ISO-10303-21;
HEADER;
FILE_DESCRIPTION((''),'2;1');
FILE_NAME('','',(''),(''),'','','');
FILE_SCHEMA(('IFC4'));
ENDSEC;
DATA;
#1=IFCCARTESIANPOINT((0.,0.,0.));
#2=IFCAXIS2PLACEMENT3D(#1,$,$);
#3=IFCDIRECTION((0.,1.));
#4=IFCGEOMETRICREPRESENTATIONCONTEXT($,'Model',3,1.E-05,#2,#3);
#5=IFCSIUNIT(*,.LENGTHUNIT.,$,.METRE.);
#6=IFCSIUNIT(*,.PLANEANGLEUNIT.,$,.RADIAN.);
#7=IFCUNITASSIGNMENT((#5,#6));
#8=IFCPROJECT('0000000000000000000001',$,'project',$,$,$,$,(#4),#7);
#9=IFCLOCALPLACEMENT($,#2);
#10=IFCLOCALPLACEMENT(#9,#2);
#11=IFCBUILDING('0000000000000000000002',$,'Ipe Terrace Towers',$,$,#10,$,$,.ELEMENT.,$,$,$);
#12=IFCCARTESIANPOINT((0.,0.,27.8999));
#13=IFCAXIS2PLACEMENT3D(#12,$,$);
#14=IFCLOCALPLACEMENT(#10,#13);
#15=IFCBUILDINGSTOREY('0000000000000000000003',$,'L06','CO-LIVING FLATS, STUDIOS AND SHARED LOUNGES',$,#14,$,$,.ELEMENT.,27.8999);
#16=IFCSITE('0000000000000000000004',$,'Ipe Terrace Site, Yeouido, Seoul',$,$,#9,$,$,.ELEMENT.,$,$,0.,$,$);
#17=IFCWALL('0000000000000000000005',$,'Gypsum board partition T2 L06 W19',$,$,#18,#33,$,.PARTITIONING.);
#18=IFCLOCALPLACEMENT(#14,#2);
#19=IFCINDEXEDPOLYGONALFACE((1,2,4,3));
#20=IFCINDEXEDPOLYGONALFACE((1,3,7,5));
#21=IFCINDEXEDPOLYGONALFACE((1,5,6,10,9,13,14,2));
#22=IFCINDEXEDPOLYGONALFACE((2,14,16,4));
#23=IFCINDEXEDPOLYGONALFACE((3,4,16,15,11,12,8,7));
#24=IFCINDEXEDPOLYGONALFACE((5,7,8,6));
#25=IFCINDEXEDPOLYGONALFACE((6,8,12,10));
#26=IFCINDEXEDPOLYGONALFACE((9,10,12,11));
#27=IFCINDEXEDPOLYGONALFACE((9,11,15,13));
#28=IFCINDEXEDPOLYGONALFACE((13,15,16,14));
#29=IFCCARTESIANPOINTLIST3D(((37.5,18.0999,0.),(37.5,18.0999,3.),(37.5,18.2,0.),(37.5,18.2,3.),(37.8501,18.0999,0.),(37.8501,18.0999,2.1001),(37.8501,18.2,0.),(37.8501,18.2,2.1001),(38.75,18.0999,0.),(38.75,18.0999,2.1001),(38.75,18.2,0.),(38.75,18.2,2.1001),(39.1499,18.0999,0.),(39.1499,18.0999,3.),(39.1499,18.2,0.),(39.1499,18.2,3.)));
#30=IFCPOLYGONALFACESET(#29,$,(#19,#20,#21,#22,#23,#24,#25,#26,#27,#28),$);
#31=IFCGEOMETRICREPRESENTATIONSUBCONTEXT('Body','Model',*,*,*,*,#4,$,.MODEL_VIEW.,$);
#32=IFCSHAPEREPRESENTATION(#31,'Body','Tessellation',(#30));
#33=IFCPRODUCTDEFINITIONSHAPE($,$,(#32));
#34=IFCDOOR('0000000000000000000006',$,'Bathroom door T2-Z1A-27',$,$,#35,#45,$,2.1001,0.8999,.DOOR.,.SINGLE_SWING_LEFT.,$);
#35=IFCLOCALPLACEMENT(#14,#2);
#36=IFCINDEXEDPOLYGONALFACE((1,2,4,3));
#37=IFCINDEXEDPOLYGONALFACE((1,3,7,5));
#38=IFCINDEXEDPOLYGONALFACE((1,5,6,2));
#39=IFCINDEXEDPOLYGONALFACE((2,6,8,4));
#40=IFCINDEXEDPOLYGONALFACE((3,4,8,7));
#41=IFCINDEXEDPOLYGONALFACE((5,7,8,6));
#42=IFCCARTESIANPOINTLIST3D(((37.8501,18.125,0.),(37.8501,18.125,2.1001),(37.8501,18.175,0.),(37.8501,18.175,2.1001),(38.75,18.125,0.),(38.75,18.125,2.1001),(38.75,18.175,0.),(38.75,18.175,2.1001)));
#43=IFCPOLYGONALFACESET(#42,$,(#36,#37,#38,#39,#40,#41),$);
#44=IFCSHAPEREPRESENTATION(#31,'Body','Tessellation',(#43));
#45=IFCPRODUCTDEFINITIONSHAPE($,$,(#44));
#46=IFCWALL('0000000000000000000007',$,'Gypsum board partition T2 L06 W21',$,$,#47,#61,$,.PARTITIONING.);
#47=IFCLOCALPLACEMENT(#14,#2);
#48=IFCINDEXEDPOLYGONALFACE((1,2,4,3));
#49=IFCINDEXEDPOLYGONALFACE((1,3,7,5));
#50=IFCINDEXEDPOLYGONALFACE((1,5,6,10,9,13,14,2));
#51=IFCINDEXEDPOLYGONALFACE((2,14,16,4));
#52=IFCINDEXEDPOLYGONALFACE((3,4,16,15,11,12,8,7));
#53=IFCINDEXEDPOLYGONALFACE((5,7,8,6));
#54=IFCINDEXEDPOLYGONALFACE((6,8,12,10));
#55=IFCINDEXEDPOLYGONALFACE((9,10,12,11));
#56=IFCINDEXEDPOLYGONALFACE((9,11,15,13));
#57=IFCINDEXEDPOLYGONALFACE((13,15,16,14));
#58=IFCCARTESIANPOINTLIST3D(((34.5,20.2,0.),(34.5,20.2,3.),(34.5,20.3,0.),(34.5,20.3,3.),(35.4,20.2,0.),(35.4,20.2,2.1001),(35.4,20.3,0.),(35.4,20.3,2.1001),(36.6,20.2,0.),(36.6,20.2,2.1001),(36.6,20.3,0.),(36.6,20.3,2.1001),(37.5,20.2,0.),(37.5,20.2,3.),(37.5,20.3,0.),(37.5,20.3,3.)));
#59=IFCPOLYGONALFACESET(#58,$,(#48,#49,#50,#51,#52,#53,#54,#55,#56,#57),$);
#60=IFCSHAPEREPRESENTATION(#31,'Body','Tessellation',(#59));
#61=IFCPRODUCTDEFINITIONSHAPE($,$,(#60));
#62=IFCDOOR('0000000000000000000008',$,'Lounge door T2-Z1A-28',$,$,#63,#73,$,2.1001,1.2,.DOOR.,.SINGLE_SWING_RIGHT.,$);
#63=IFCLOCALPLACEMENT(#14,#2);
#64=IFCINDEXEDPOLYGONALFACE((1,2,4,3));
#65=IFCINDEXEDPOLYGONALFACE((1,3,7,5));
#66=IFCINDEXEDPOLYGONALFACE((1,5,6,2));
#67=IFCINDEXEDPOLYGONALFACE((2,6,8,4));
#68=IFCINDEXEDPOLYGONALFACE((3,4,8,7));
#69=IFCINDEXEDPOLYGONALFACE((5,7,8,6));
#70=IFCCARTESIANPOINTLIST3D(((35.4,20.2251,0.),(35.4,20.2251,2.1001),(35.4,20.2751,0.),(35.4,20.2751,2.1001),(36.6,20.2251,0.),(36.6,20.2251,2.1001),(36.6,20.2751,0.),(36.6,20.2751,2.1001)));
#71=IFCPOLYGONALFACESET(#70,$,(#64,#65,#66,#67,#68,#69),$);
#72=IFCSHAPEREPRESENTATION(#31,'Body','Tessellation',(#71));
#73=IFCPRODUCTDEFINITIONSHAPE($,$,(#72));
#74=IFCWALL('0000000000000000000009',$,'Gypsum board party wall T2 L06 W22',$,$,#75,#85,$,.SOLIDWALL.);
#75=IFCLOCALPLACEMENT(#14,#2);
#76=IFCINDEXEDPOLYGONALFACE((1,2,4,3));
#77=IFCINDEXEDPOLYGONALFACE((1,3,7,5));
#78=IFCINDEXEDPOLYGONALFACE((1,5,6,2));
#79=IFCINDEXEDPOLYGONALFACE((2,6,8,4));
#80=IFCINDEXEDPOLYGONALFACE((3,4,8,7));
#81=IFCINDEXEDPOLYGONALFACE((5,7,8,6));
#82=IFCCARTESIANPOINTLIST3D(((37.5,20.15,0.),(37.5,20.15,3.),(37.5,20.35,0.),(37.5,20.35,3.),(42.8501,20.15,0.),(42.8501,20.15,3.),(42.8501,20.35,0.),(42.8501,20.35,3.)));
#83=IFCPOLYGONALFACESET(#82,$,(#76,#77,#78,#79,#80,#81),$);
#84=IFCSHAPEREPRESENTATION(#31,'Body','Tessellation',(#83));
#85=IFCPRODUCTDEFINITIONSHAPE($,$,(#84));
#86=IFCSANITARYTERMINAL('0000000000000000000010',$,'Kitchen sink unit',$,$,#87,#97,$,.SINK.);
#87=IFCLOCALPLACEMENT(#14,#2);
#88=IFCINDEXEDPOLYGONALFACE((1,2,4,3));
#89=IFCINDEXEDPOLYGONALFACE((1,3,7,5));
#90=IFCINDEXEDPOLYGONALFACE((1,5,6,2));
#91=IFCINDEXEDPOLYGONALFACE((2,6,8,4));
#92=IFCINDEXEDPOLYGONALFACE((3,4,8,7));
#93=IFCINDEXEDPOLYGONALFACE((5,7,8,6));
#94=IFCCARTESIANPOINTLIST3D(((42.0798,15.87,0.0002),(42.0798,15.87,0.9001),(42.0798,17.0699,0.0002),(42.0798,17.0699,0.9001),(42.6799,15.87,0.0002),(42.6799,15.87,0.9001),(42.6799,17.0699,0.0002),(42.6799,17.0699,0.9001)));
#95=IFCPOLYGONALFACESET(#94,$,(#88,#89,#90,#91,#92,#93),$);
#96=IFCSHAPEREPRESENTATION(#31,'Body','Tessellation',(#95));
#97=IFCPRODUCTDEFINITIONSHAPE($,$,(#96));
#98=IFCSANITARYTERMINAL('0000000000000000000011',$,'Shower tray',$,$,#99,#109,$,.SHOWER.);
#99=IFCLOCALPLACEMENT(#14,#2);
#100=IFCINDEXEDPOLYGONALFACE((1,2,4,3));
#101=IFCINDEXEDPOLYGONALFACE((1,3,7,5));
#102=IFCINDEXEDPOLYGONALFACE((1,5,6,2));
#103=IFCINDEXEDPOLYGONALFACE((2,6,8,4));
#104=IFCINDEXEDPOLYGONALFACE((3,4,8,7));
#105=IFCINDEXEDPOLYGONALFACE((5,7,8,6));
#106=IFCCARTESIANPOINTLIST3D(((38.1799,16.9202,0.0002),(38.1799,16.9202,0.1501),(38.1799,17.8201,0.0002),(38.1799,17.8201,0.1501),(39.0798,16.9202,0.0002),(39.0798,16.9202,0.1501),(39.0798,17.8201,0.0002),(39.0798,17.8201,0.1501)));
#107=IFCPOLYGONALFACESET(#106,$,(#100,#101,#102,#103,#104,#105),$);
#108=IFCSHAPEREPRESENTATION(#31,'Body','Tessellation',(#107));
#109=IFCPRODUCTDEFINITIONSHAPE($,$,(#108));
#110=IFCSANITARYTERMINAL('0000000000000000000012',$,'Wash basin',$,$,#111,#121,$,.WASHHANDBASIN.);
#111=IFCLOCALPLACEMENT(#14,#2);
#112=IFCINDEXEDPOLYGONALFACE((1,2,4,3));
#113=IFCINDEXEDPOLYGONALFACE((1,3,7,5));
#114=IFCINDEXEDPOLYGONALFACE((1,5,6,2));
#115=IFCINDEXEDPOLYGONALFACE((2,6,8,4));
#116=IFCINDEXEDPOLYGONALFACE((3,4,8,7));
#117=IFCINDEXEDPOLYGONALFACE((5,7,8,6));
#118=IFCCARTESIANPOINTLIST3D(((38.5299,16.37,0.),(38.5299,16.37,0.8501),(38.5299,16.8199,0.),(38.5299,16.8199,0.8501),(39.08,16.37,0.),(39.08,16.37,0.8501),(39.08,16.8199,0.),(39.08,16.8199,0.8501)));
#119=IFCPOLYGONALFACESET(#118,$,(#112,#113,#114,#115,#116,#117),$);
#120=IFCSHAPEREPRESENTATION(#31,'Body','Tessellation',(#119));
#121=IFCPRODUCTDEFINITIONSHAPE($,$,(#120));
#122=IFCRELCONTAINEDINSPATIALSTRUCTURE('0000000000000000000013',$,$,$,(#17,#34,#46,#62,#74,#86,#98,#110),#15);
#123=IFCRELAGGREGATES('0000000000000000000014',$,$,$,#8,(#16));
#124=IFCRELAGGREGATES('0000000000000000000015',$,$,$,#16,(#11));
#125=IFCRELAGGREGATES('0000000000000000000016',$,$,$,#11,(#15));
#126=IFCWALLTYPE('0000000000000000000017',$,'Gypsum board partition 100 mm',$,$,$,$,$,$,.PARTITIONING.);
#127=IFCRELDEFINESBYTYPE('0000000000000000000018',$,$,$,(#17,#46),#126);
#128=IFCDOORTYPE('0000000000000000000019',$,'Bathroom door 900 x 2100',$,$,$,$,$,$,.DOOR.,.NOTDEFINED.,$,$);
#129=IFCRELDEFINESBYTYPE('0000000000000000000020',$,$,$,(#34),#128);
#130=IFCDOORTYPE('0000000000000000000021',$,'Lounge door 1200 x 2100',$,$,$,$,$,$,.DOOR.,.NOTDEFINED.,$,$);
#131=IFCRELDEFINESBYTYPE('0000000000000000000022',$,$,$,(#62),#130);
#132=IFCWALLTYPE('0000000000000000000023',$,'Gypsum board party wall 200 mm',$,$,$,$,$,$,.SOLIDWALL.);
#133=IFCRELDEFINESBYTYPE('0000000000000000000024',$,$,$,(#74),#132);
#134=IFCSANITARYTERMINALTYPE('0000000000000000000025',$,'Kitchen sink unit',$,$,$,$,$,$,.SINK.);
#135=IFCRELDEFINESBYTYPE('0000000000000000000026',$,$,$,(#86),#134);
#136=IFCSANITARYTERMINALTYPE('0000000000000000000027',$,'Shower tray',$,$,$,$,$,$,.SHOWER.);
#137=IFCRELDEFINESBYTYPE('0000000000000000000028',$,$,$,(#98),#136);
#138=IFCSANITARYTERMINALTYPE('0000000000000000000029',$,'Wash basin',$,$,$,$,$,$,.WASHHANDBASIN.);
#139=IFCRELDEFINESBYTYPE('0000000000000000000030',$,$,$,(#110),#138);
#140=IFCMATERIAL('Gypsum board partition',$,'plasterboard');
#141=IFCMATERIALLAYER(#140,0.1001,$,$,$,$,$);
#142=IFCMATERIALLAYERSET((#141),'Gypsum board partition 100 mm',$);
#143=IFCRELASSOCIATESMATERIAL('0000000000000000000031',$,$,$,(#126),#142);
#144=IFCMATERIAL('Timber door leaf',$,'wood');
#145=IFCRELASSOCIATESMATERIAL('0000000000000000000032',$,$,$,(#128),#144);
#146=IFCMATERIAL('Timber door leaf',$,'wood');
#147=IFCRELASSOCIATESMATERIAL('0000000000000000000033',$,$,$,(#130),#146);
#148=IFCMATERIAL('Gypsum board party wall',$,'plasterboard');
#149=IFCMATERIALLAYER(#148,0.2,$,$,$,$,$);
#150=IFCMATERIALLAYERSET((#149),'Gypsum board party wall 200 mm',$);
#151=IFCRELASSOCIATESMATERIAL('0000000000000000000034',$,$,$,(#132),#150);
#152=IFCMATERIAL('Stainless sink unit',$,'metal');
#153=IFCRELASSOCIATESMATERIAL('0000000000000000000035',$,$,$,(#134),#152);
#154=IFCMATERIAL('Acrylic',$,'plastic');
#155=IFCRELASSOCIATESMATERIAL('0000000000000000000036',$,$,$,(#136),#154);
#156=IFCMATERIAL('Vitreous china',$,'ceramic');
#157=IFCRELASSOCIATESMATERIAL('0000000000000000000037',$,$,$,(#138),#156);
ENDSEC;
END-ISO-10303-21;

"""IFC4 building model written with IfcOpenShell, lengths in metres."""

from ifc_helpers import new_model, si_unit, direction, frame, frame_2d, origin, origin_2d, place, context, subcontext, project, spatial, rectangle, extrude, material, layer, layer_set, type_object, element, fill, save


model = new_model("IFC4")

# Units and contexts
model_context = context("Model", 3, precision=1e-05, world=origin(), true_north=direction((0.0, 1.0)))
body_context = subcontext(model_context, "Body", "Model", "MODEL_VIEW")
ifc_project = project(units=[si_unit("LENGTHUNIT", "METRE"), si_unit("PLANEANGLEUNIT", "RADIAN")], contexts=[model_context])

# Site, building, storey
site_placement = place(None, origin())
site = spatial("IfcSite", under=ifc_project, at=site_placement, Name="Ipe Terrace Site, Yeouido, Seoul", CompositionType="ELEMENT", RefElevation=0.0)
building_placement = place(site_placement, origin())
building = spatial("IfcBuilding", under=site, at=building_placement, Name="Ipe Terrace Towers", CompositionType="ELEMENT")
storey_placement = place(building_placement, frame((0.0, 0.0, 27.8999)))
storey = spatial("IfcBuildingStorey", under=building, at=storey_placement, Name="L06", Description="CO-LIVING FLATS, STUDIOS AND SHARED LOUNGES", CompositionType="ELEMENT", Elevation=27.8999)

# Walls, openings, doors
ifc_material_1 = material(Name="Gypsum board partition", Category="plasterboard")
ifc_layer_1 = layer(ifc_material_1, 0.1001)
ifc_layer_set_1 = layer_set([ifc_layer_1], Name="Gypsum board partition 100 mm")
wall_type_1 = type_object("IfcWallType", Name="Gypsum board partition 100 mm", PredefinedType="PARTITIONING", material=ifc_layer_set_1)
wall_1_placement = place(storey_placement, frame((39.1499, 18.1499, 0.0), z_axis=(0.0, 0.0, 1.0), x_axis=(-1.0, 0.0, 0.0)))
wall_1 = element("IfcWall", 1, at=wall_1_placement, inside=storey, type_object=wall_type_1, Name="Gypsum board partition T2 L06 W19", PredefinedType="PARTITIONING", context=body_context, shape_type="SweptSolid", body=[
    extrude(rectangle(XDim=1.6499, YDim=0.1001, at=frame_2d((0.825, 0.0))), origin(), (0.0, 0.0, 1.0), 3.0),
])
opening_1_placement = place(wall_1_placement, frame((0.3999, 0.0, 0.0)))
opening_1 = element("IfcOpeningElement", 2, at=opening_1_placement, cuts=wall_1, PredefinedType="OPENING", context=body_context, shape_type="SweptSolid", body=[
    extrude(rectangle(XDim=0.8999, YDim=2.1001, at=frame_2d((0.45, 1.05))), frame((0.0, 0.0601, 0.0), z_axis=(0.0, -1.0, 0.0), x_axis=(1.0, 0.0, 0.0)), (0.0, 0.0, 1.0), 0.1201),
])
ifc_material_2 = material(Name="Timber door leaf", Category="wood")
door_type_1 = type_object("IfcDoorType", Name="Bathroom door 900 x 2100", OperationType="NOTDEFINED", PredefinedType="DOOR", material=ifc_material_2)
door_1_placement = place(opening_1_placement, origin())
door_1 = element("IfcDoor", 3, at=door_1_placement, inside=storey, type_object=door_type_1, Name="Bathroom door T2-Z1A-27", OperationType="SINGLE_SWING_LEFT", OverallHeight=2.1001, OverallWidth=0.8999, PredefinedType="DOOR", context=body_context, shape_type="SweptSolid", body=[
    extrude(rectangle(XDim=0.8999, YDim=2.1001, at=frame_2d((0.45, 1.05))), frame((0.0, 0.0249, 0.0), z_axis=(0.0, -1.0, 0.0), x_axis=(1.0, 0.0, 0.0)), (0.0, 0.0, 1.0), 0.05),
])
fill(opening_1, door_1)
wall_2_placement = place(storey_placement, frame((37.5, 20.25, 0.0), z_axis=(0.0, 0.0, 1.0), x_axis=(-1.0, 0.0, 0.0)))
wall_2 = element("IfcWall", 4, at=wall_2_placement, inside=storey, type_object=wall_type_1, Name="Gypsum board partition T2 L06 W21", PredefinedType="PARTITIONING", context=body_context, shape_type="SweptSolid", body=[
    extrude(rectangle(XDim=3.0, YDim=0.1001, at=frame_2d((1.5, 0.0))), origin(), (0.0, 0.0, 1.0), 3.0),
])
opening_2_placement = place(wall_2_placement, frame((0.8999, 0.0, 0.0)))
opening_2 = element("IfcOpeningElement", 5, at=opening_2_placement, cuts=wall_2, PredefinedType="OPENING", context=body_context, shape_type="SweptSolid", body=[
    extrude(rectangle(XDim=1.2, YDim=2.1001, at=frame_2d((0.6001, 1.05))), frame((0.0, 0.0601, 0.0), z_axis=(0.0, -1.0, 0.0), x_axis=(1.0, 0.0, 0.0)), (0.0, 0.0, 1.0), 0.1201),
])
ifc_material_3 = material(Name="Timber door leaf", Category="wood")
door_type_2 = type_object("IfcDoorType", Name="Lounge door 1200 x 2100", OperationType="NOTDEFINED", PredefinedType="DOOR", material=ifc_material_3)
door_2_placement = place(opening_2_placement, origin())
door_2 = element("IfcDoor", 6, at=door_2_placement, inside=storey, type_object=door_type_2, Name="Lounge door T2-Z1A-28", OperationType="SINGLE_SWING_RIGHT", OverallHeight=2.1001, OverallWidth=1.2, PredefinedType="DOOR", context=body_context, shape_type="SweptSolid", body=[
    extrude(rectangle(XDim=1.2, YDim=2.1001, at=frame_2d((0.6001, 1.05))), frame((0.0, 0.0249, 0.0), z_axis=(0.0, -1.0, 0.0), x_axis=(1.0, 0.0, 0.0)), (0.0, 0.0, 1.0), 0.05),
])
fill(opening_2, door_2)

# Wall
ifc_material_4 = material(Name="Gypsum board party wall", Category="plasterboard")
ifc_layer_2 = layer(ifc_material_4, 0.2)
ifc_layer_set_2 = layer_set([ifc_layer_2], Name="Gypsum board party wall 200 mm")
wall_type_2 = type_object("IfcWallType", Name="Gypsum board party wall 200 mm", PredefinedType="SOLIDWALL", material=ifc_layer_set_2)
wall_3_placement = place(storey_placement, frame((42.8501, 20.25, 0.0), z_axis=(0.0, 0.0, 1.0), x_axis=(-1.0, 0.0, 0.0)))
element("IfcWall", 7, at=wall_3_placement, inside=storey, type_object=wall_type_2, Name="Gypsum board party wall T2 L06 W22", PredefinedType="SOLIDWALL", context=body_context, shape_type="SweptSolid", body=[
    extrude(rectangle(XDim=5.3501, YDim=0.2, at=frame_2d((2.675, 0.0))), origin(), (0.0, 0.0, 1.0), 3.0),
])

# Sanitary terminals
ifc_material_5 = material(Name="Stainless sink unit", Category="metal")
sanitary_terminal_type_1 = type_object("IfcSanitaryTerminalType", Name="Kitchen sink unit", PredefinedType="SINK", material=ifc_material_5)
sanitary_terminal_1_placement = place(storey_placement, frame((42.3799, 16.47, 0.0002), z_axis=(0.0, 0.0, 1.0), x_axis=(0.0, -1.0, 0.0)))
element("IfcSanitaryTerminal", 8, at=sanitary_terminal_1_placement, inside=storey, type_object=sanitary_terminal_type_1, Name="Kitchen sink unit", PredefinedType="SINK", context=body_context, shape_type="SweptSolid", body=[
    extrude(rectangle(XDim=1.2, YDim=0.6001, at=origin_2d()), origin(), (0.0, 0.0, 1.0), 0.8999),
])
ifc_material_6 = material(Name="Acrylic", Category="plastic")
sanitary_terminal_type_2 = type_object("IfcSanitaryTerminalType", Name="Shower tray", PredefinedType="SHOWER", material=ifc_material_6)
sanitary_terminal_2_placement = place(storey_placement, frame((38.6299, 17.3701, 0.0002), z_axis=(0.0, 0.0, 1.0), x_axis=(-1.0, 0.0, 0.0)))
element("IfcSanitaryTerminal", 9, at=sanitary_terminal_2_placement, inside=storey, type_object=sanitary_terminal_type_2, Name="Shower tray", PredefinedType="SHOWER", context=body_context, shape_type="SweptSolid", body=[
    extrude(rectangle(XDim=0.8999, YDim=0.8999, at=origin_2d()), origin(), (0.0, 0.0, 1.0), 0.1499),
])
ifc_material_7 = material(Name="Vitreous china", Category="ceramic")
sanitary_terminal_type_3 = type_object("IfcSanitaryTerminalType", Name="Wash basin", PredefinedType="WASHHANDBASIN", material=ifc_material_7)
sanitary_terminal_3_placement = place(storey_placement, frame((38.8049, 16.595, 0.0), z_axis=(0.0, 0.0, 1.0), x_axis=(-1.0, 0.0, 0.0)))
element("IfcSanitaryTerminal", 10, at=sanitary_terminal_3_placement, inside=storey, type_object=sanitary_terminal_type_3, Name="Wash basin", PredefinedType="WASHHANDBASIN", context=body_context, shape_type="SweptSolid", body=[
    extrude(rectangle(XDim=0.55, YDim=0.45, at=origin_2d()), origin(), (0.0, 0.0, 1.0), 0.8501),
])

save(model, "model.ifc")
